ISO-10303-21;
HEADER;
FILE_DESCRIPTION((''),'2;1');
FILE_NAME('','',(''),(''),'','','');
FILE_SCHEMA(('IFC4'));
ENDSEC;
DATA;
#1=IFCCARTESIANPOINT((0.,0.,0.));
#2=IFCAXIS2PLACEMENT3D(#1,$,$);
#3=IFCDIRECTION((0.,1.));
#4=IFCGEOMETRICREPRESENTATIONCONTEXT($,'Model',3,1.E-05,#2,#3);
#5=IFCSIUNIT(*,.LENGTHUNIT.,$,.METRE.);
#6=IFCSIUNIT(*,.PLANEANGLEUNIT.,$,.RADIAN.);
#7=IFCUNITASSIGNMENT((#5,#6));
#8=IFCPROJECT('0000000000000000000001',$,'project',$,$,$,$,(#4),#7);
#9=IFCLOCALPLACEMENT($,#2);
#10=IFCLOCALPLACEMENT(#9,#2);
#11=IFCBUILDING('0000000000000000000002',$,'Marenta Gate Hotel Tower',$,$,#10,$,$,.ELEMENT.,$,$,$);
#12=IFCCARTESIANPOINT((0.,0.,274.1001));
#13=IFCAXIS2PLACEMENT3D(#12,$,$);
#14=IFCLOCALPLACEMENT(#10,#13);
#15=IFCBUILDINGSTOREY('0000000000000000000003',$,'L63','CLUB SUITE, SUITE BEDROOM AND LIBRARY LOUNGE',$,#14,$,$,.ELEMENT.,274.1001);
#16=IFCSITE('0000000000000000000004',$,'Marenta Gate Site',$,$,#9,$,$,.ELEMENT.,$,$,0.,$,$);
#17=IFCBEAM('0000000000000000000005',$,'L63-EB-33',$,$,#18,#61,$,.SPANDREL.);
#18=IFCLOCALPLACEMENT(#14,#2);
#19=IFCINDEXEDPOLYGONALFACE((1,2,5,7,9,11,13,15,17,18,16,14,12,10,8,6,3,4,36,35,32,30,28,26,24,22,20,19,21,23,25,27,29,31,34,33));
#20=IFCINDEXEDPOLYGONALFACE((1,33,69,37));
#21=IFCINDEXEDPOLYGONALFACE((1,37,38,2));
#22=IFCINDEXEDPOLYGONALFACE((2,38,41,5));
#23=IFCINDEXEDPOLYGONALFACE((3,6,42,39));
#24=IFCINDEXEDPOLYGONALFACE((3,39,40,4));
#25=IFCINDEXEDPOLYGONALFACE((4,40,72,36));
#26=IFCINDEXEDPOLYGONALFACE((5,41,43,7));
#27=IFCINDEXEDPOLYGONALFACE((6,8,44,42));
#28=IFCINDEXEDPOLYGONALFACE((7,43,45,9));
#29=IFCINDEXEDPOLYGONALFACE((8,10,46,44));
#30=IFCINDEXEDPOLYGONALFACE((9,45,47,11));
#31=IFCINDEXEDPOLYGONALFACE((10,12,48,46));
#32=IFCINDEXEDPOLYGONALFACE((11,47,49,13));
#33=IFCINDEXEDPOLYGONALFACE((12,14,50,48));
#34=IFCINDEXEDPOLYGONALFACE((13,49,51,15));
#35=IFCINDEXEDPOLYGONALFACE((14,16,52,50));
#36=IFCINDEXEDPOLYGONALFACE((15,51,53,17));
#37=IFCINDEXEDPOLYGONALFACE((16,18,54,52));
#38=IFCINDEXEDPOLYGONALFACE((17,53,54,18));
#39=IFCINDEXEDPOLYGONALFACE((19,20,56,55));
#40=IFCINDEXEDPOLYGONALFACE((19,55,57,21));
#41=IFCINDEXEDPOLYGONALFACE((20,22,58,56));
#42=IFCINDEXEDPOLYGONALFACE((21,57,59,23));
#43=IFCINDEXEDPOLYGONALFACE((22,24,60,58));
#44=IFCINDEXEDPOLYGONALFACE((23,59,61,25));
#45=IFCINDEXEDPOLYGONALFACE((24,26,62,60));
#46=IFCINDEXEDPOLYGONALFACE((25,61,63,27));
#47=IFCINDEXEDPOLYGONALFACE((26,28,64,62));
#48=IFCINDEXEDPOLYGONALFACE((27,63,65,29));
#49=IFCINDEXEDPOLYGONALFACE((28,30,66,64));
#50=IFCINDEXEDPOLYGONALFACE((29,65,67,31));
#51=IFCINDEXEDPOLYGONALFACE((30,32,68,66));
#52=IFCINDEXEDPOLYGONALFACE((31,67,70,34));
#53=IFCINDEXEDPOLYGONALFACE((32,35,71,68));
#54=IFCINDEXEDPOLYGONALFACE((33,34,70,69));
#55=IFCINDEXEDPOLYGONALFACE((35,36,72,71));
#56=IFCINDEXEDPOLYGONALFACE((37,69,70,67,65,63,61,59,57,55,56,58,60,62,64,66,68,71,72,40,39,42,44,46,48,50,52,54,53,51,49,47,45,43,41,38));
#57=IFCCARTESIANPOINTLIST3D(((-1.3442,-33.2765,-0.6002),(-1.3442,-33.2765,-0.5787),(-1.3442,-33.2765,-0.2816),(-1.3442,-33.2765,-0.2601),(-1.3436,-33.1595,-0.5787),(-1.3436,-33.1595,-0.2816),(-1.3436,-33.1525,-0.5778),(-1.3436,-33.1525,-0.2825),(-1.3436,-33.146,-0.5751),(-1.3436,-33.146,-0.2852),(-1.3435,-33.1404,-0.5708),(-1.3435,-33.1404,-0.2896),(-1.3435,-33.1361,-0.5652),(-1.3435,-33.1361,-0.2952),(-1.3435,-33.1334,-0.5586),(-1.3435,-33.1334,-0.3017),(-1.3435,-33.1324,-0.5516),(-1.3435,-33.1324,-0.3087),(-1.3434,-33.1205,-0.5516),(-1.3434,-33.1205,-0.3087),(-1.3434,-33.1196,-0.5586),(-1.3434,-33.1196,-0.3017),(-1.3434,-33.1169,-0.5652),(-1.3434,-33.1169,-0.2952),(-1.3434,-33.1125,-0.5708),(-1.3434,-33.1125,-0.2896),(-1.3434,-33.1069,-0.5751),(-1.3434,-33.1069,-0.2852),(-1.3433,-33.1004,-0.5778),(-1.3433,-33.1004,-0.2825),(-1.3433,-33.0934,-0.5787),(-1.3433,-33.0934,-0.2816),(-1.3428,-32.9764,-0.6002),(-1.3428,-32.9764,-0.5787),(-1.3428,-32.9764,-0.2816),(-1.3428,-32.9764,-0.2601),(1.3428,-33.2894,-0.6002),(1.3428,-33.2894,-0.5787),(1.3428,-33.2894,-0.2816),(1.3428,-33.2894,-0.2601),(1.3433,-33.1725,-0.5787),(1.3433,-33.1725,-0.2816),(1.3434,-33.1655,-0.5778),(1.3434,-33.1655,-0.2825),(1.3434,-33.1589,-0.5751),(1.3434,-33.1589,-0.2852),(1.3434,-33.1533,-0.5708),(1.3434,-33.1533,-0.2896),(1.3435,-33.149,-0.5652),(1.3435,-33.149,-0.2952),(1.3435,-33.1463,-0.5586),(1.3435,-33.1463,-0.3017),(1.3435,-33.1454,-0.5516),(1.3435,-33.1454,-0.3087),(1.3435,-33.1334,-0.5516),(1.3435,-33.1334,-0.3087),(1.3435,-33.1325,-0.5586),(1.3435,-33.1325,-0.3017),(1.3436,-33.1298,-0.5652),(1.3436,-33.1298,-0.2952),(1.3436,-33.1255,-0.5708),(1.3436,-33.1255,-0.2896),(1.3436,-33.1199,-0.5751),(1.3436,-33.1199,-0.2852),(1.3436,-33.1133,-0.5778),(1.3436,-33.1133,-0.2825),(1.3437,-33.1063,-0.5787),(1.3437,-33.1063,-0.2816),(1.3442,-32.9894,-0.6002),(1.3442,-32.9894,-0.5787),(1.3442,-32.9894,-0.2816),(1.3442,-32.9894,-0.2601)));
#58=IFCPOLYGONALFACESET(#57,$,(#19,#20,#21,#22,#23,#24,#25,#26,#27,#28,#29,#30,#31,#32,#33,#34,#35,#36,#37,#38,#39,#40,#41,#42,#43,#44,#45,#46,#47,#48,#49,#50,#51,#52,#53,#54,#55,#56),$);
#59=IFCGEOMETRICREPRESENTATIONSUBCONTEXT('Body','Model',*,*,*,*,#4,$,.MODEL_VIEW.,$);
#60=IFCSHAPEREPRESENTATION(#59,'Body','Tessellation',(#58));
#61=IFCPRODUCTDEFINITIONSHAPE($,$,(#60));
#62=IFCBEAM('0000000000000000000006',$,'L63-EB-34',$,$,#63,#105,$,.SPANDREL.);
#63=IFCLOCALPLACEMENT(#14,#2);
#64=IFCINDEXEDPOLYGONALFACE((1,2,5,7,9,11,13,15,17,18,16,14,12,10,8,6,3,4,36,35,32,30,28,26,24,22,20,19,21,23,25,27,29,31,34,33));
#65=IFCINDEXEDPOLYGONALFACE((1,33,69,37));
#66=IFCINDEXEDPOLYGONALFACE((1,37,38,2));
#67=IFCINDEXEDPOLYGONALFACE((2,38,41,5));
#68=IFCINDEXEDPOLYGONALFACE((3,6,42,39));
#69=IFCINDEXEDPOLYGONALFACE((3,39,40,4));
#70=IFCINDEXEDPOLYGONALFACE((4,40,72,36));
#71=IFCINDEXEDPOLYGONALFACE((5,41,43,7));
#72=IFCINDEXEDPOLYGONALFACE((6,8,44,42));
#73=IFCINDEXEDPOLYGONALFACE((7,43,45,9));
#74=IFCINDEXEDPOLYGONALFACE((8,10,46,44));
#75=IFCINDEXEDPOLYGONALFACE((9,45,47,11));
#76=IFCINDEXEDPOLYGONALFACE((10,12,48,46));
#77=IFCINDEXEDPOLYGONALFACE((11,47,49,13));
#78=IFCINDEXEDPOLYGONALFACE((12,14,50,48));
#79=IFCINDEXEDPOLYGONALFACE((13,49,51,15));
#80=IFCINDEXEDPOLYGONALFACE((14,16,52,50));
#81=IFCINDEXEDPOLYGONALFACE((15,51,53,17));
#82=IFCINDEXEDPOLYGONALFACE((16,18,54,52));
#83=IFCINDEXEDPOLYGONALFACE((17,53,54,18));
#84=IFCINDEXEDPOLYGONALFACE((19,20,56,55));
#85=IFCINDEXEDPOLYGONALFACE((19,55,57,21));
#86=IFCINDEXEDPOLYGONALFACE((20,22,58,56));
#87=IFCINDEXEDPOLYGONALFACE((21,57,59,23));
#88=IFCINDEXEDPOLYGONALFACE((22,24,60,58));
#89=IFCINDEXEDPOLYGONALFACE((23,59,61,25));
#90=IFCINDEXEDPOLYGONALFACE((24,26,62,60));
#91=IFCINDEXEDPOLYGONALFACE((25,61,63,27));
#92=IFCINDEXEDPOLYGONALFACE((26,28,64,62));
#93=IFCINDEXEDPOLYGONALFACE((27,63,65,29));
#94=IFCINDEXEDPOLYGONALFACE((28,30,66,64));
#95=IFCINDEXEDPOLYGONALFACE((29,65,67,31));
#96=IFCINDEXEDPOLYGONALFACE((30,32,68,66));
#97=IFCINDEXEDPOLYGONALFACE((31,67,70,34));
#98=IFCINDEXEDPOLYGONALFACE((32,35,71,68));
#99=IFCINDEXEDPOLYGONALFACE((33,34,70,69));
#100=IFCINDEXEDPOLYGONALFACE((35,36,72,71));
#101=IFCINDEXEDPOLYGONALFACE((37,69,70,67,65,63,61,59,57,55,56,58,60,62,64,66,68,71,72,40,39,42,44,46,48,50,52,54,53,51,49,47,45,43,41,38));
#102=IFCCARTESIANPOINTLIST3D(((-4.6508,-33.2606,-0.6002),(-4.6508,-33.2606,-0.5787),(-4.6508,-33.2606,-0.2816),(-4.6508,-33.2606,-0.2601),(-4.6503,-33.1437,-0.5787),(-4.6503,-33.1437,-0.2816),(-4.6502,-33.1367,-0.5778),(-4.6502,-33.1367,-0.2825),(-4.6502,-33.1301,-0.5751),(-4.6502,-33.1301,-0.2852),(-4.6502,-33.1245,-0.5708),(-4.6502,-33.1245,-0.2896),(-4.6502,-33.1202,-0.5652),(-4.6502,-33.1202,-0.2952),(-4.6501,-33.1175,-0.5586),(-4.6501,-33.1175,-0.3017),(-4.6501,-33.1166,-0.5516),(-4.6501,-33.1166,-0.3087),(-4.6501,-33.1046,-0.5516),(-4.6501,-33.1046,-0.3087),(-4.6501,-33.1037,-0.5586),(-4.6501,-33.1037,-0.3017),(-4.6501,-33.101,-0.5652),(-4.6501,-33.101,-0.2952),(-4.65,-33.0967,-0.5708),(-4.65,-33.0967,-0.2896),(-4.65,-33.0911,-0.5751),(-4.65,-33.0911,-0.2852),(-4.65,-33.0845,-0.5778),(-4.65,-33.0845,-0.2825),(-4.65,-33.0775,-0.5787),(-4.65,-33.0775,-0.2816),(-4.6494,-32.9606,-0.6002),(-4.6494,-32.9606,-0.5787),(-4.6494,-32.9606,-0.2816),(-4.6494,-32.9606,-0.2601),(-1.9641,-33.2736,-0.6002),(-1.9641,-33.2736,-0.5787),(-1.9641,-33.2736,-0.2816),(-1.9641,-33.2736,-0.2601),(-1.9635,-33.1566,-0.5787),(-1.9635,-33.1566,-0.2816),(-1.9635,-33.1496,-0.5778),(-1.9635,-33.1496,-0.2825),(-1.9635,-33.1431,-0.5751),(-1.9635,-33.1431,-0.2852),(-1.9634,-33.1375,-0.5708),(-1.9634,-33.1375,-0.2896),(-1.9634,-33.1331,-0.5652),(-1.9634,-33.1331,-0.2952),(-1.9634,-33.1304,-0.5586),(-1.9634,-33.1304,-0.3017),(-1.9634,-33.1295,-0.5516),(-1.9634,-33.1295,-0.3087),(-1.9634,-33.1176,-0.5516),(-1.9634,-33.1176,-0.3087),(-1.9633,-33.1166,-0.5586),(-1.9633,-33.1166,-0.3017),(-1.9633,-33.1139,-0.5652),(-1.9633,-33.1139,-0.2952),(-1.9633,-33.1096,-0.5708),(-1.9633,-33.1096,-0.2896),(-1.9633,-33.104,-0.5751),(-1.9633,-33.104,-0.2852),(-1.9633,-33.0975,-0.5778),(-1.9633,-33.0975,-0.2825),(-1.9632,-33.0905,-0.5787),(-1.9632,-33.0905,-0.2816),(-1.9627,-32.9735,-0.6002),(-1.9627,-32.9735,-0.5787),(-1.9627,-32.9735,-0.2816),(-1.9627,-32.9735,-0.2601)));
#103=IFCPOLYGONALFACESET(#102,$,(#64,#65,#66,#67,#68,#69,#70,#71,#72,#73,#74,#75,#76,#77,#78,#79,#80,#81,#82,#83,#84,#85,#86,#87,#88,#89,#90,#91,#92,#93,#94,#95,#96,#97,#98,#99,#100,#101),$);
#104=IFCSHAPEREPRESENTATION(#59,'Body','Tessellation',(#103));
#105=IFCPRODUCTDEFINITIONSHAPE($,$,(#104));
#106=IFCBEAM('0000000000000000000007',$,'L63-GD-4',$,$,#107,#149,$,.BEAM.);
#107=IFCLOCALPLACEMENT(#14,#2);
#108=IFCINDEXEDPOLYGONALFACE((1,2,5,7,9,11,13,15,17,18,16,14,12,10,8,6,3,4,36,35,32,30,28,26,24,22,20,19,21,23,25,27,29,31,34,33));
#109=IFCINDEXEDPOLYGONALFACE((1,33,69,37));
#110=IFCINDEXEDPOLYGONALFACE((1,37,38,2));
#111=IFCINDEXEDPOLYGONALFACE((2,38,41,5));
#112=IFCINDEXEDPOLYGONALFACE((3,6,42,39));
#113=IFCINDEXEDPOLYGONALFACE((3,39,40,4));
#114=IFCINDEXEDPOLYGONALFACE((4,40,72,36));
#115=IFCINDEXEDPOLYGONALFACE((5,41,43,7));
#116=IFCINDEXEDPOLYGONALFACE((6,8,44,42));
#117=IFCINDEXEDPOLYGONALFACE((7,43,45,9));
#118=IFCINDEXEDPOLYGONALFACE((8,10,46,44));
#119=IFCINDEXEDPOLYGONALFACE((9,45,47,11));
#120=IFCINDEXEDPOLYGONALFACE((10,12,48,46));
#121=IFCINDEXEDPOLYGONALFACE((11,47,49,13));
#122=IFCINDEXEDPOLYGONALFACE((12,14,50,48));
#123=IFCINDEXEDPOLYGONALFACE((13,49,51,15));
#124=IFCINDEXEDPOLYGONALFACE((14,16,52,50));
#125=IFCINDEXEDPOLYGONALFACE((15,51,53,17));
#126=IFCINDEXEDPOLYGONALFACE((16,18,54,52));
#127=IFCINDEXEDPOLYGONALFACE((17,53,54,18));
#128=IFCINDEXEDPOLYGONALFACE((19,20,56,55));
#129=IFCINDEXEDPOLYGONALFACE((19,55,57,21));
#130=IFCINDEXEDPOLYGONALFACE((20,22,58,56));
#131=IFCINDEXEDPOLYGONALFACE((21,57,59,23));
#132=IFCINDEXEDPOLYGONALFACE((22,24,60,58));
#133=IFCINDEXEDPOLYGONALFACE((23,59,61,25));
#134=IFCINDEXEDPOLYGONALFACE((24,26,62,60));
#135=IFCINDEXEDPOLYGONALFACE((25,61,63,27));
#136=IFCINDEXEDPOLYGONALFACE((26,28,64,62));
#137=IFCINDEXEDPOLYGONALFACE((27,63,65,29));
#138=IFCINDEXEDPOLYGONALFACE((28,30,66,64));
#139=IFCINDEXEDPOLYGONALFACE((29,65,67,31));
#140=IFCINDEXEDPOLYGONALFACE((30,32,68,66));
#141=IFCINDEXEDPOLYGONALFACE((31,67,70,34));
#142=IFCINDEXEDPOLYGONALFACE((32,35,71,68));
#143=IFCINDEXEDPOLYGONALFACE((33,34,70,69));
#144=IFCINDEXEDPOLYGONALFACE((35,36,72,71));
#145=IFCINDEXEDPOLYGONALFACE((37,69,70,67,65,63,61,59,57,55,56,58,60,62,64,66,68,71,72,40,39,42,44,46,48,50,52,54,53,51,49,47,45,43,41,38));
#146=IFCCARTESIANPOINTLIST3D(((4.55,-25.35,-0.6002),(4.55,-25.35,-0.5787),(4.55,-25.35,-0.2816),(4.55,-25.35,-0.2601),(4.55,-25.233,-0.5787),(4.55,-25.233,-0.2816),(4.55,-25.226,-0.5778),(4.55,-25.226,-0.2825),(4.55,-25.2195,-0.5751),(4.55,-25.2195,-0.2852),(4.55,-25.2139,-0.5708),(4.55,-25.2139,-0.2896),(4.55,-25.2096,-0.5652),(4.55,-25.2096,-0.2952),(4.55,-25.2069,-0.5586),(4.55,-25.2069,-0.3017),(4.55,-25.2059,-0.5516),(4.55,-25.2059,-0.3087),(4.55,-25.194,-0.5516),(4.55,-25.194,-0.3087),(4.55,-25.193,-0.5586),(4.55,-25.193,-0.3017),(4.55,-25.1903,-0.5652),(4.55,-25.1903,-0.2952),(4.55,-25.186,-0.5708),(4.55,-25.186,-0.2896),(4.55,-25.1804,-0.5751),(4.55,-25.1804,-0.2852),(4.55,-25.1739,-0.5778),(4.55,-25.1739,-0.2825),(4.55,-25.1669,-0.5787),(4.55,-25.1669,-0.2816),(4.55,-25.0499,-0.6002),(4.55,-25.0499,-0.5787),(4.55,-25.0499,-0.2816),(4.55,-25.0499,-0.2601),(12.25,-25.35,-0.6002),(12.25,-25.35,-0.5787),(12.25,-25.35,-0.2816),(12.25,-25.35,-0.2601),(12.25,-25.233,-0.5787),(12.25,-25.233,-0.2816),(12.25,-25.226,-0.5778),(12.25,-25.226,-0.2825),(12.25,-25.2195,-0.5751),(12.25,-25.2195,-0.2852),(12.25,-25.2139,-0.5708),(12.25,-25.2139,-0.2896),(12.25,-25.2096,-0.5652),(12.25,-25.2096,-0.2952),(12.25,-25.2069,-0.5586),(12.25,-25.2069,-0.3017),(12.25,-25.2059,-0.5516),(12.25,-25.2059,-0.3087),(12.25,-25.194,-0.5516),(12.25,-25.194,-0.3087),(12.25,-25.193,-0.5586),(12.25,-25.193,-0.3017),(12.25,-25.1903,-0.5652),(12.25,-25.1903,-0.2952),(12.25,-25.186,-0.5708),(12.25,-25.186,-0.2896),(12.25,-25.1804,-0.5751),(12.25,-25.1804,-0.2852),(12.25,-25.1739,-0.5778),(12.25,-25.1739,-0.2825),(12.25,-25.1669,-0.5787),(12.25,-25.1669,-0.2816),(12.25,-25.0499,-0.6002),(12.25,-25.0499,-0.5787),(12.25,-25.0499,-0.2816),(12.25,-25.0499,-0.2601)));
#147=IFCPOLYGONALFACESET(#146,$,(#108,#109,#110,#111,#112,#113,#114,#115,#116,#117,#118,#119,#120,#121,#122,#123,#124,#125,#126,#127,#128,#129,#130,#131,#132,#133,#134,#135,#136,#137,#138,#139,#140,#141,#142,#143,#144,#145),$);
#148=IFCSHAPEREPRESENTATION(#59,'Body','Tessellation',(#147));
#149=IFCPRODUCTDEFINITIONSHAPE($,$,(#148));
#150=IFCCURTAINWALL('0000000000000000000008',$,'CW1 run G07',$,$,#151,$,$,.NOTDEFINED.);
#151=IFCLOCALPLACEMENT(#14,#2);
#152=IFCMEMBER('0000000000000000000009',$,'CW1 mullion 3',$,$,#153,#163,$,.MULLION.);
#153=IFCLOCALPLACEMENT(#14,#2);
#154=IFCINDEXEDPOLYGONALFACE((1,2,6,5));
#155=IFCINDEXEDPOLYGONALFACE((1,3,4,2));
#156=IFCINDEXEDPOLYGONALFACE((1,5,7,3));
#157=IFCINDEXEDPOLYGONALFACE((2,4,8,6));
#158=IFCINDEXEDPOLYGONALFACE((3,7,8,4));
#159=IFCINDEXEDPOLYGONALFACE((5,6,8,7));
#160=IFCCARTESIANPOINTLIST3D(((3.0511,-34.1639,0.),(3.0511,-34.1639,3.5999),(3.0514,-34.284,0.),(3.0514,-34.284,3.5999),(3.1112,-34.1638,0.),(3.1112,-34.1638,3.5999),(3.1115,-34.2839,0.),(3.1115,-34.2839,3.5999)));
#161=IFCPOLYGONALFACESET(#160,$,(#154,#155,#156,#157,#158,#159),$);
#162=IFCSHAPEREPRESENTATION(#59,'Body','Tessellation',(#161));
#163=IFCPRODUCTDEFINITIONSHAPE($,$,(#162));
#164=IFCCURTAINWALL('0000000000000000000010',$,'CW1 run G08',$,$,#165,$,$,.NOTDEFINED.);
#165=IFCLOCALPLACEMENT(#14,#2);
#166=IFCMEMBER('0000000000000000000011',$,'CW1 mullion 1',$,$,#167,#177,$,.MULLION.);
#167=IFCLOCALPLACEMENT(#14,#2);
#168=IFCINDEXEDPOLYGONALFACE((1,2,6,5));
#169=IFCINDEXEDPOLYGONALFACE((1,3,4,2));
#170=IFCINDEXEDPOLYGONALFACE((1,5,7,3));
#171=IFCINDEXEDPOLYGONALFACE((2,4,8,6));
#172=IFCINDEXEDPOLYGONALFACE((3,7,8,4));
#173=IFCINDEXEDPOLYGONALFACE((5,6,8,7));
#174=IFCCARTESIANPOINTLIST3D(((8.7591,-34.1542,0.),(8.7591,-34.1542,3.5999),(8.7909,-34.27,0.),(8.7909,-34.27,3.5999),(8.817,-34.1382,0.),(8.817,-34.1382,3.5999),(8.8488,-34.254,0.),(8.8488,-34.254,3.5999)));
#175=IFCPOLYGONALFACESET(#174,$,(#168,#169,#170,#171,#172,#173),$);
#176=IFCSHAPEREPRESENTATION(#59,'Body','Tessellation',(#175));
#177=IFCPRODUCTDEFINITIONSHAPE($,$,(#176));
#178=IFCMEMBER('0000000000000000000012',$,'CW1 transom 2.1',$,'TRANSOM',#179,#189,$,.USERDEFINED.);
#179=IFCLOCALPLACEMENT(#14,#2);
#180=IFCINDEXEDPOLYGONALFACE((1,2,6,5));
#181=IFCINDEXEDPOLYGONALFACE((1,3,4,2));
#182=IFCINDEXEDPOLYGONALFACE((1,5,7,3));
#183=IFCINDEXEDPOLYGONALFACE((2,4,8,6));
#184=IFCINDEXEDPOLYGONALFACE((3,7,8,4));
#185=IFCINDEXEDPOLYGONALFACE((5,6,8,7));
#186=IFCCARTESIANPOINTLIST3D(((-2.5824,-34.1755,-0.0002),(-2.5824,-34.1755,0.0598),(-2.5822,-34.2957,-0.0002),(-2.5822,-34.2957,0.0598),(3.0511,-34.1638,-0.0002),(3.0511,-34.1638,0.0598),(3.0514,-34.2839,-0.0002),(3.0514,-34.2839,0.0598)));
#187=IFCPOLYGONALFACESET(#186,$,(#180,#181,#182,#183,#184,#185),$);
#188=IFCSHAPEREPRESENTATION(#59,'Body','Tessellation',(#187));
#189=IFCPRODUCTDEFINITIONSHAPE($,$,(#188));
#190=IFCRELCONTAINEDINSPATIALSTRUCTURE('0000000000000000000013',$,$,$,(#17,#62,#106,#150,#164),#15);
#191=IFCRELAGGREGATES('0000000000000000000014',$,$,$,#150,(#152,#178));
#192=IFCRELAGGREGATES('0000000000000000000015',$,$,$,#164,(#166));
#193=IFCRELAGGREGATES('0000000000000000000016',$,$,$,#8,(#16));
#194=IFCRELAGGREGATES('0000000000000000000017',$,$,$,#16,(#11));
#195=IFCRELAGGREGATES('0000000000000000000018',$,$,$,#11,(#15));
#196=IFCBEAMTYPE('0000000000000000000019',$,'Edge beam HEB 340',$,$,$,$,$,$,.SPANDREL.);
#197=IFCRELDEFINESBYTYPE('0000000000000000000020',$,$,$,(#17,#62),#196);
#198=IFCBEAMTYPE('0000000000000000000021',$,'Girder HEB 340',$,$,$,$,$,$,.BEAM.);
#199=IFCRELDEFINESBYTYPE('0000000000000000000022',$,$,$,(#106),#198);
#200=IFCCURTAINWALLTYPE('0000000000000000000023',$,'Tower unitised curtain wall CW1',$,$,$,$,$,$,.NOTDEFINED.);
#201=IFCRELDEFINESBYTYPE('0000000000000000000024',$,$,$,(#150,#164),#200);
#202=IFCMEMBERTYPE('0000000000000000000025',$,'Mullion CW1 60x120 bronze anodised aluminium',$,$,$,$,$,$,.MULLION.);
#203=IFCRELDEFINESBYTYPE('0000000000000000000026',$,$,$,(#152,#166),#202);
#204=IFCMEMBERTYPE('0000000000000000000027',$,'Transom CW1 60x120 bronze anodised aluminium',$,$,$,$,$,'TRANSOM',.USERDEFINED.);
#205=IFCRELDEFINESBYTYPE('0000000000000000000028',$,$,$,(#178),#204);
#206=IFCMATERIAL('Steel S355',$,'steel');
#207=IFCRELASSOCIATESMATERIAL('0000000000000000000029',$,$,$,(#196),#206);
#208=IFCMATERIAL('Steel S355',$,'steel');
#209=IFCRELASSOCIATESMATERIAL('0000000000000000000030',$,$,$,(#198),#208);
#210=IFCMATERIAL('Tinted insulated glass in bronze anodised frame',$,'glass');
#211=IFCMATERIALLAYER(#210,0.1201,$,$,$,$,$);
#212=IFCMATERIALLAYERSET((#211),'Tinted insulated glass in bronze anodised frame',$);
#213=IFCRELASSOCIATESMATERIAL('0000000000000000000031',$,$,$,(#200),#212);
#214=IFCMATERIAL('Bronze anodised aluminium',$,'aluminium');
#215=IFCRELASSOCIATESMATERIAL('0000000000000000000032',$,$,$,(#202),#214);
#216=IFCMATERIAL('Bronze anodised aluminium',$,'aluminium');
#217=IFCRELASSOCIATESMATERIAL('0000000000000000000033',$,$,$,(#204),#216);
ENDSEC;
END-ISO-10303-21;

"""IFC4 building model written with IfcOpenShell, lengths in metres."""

from ifc_helpers import new_model, si_unit, direction, frame, origin, origin_2d, place, context, subcontext, project, spatial, rectangle, i_section, extrude, material, layer, layer_set, material_profile, profile_set, type_object, element, aggregate, save


model = new_model("IFC4")

# Units and contexts
model_context = context("Model", 3, precision=1e-05, world=origin(), true_north=direction((0.0, 1.0)))
body_context = subcontext(model_context, "Body", "Model", "MODEL_VIEW")
ifc_project = project(units=[si_unit("LENGTHUNIT", "METRE"), si_unit("PLANEANGLEUNIT", "RADIAN")], contexts=[model_context])

# Site, building, storey
site_placement = place(None, origin())
site = spatial("IfcSite", under=ifc_project, at=site_placement, Name="Marenta Gate Site", CompositionType="ELEMENT", RefElevation=0.0)
building_placement = place(site_placement, origin())
building = spatial("IfcBuilding", under=site, at=building_placement, Name="Marenta Gate Hotel Tower", CompositionType="ELEMENT")
storey_placement = place(building_placement, frame((0.0, 0.0, 274.1001)))
storey = spatial("IfcBuildingStorey", under=building, at=storey_placement, Name="L63", Description="CLUB SUITE, SUITE BEDROOM AND LIBRARY LOUNGE", CompositionType="ELEMENT", Elevation=274.1001)

# Beams
ifc_material_1 = material(Name="Steel S355", Category="steel")
ifc_material_profile_1 = material_profile(ifc_material_1, i_section(OverallWidth=0.3, OverallDepth=0.3401, WebThickness=0.012, FlangeThickness=0.0215, FilletRadius=0.0271, at=origin_2d()), Name="HEB 340")
ifc_profile_set_1 = profile_set([ifc_material_profile_1], Name="Steel S355")
beam_type_1 = type_object("IfcBeamType", Name="Edge beam HEB 340", PredefinedType="SPANDREL", material=ifc_profile_set_1)
beam_1_placement = place(storey_placement, frame((1.3435, -33.1394, -0.4302), z_axis=(-0.999988, 0.004815, 0.0), x_axis=(-0.004815, -0.999988, 0.0)))
element("IfcBeam", 1, at=beam_1_placement, inside=storey, type_object=beam_type_1, Name="L63-EB-33", PredefinedType="SPANDREL", context=body_context, shape_type="SweptSolid", body=[
    extrude(i_section(OverallWidth=0.3, OverallDepth=0.3401, WebThickness=0.012, FlangeThickness=0.0215, FilletRadius=0.0271, at=origin_2d()), origin(), (0.0, 0.0, 1.0), 2.687),
])
beam_2_placement = place(storey_placement, frame((-1.9634, -33.1235, -0.4302), z_axis=(-0.999988, 0.004816, 0.0), x_axis=(-0.004816, -0.999988, 0.0)))
element("IfcBeam", 2, at=beam_2_placement, inside=storey, type_object=beam_type_1, Name="L63-EB-34", PredefinedType="SPANDREL", context=body_context, shape_type="SweptSolid", body=[
    extrude(i_section(OverallWidth=0.3, OverallDepth=0.3401, WebThickness=0.012, FlangeThickness=0.0215, FilletRadius=0.0271, at=origin_2d()), origin(), (0.0, 0.0, 1.0), 2.6868),
])
ifc_material_2 = material(Name="Steel S355", Category="steel")
ifc_material_profile_2 = material_profile(ifc_material_2, i_section(OverallWidth=0.3, OverallDepth=0.3401, WebThickness=0.012, FlangeThickness=0.0215, FilletRadius=0.0271, at=origin_2d()), Name="HEB 340")
ifc_profile_set_2 = profile_set([ifc_material_profile_2], Name="Steel S355")
beam_type_2 = type_object("IfcBeamType", Name="Girder HEB 340", PredefinedType="BEAM", material=ifc_profile_set_2)
beam_3_placement = place(storey_placement, frame((4.55, -25.2, -0.4302), z_axis=(1.0, 0.0, 0.0), x_axis=(0.0, 1.0, 0.0)))
element("IfcBeam", 3, at=beam_3_placement, inside=storey, type_object=beam_type_2, Name="L63-GD-4", PredefinedType="BEAM", context=body_context, shape_type="SweptSolid", body=[
    extrude(i_section(OverallWidth=0.3, OverallDepth=0.3401, WebThickness=0.012, FlangeThickness=0.0215, FilletRadius=0.0271, at=origin_2d()), origin(), (0.0, 0.0, 1.0), 7.7),
])

# Curtain walls, members
ifc_material_3 = material(Name="Tinted insulated glass in bronze anodised frame", Category="glass")
ifc_layer_1 = layer(ifc_material_3, 0.1201)
ifc_layer_set_1 = layer_set([ifc_layer_1], Name="Tinted insulated glass in bronze anodised frame")
curtain_wall_type = type_object("IfcCurtainWallType", Name="Tower unitised curtain wall CW1", PredefinedType="NOTDEFINED", material=ifc_layer_set_1)
curtain_wall_1_placement = place(storey_placement, origin())
curtain_wall_1 = element("IfcCurtainWall", 4, at=curtain_wall_1_placement, inside=storey, type_object=curtain_wall_type, Name="CW1 run G07", PredefinedType="NOTDEFINED")
ifc_material_4 = material(Name="Bronze anodised aluminium", Category="aluminium")
ifc_material_profile_3 = material_profile(ifc_material_4, rectangle(XDim=0.1201, YDim=0.0601, at=origin_2d()), Name="Mullion CW1 60x120 bronze anodised aluminium")
ifc_profile_set_3 = profile_set([ifc_material_profile_3], Name="Bronze anodised aluminium")
member_type_1 = type_object("IfcMemberType", Name="Mullion CW1 60x120 bronze anodised aluminium", PredefinedType="MULLION", material=ifc_profile_set_3)
member_1_placement = place(storey_placement, frame((3.0813, -34.2239, 0.0), z_axis=(0.0, 0.0, 1.0), x_axis=(-0.002067, 0.999998, 0.0)))
member_1 = element("IfcMember", 5, at=member_1_placement, type_object=member_type_1, Name="CW1 mullion 3", PredefinedType="MULLION", context=body_context, shape_type="SweptSolid", body=[
    extrude(rectangle(XDim=0.1201, YDim=0.0601, at=origin_2d()), origin(), (0.0, 0.0, 1.0), 3.5999),
])
curtain_wall_2_placement = place(storey_placement, origin())
curtain_wall_2 = element("IfcCurtainWall", 6, at=curtain_wall_2_placement, inside=storey, type_object=curtain_wall_type, Name="CW1 run G08", PredefinedType="NOTDEFINED")
member_2_placement = place(storey_placement, frame((8.804, -34.2041, 0.0), z_axis=(0.0, 0.0, 1.0), x_axis=(-0.265292, 0.964168, 0.0)))
member_2 = element("IfcMember", 7, at=member_2_placement, type_object=member_type_1, Name="CW1 mullion 1", PredefinedType="MULLION", context=body_context, shape_type="SweptSolid", body=[
    extrude(rectangle(XDim=0.1201, YDim=0.0601, at=origin_2d()), origin(), (0.0, 0.0, 1.0), 3.5999),
])

# Member
ifc_material_5 = material(Name="Bronze anodised aluminium", Category="aluminium")
ifc_material_profile_4 = material_profile(ifc_material_5, rectangle(XDim=0.1201, YDim=0.0601, at=origin_2d()), Name="Transom CW1 60x120 bronze anodised aluminium")
ifc_profile_set_4 = profile_set([ifc_material_profile_4], Name="Bronze anodised aluminium")
member_type_2 = type_object("IfcMemberType", Name="Transom CW1 60x120 bronze anodised aluminium", ElementType="TRANSOM", PredefinedType="USERDEFINED", material=ifc_profile_set_4)
member_3_placement = place(storey_placement, frame((-2.5823, -34.2356, 0.0298), z_axis=(0.999998, 0.00208, 0.0), x_axis=(-0.00208, 0.999998, 0.0)))
member_3 = element("IfcMember", 8, at=member_3_placement, type_object=member_type_2, Name="CW1 transom 2.1", ObjectType="TRANSOM", PredefinedType="USERDEFINED", context=body_context, shape_type="SweptSolid", body=[
    extrude(rectangle(XDim=0.1201, YDim=0.0601, at=origin_2d()), origin(), (0.0, 0.0, 1.0), 5.6335),
])

aggregate(curtain_wall_1, [member_1, member_3])
aggregate(curtain_wall_2, [member_2])

save(model, "model.ifc")
